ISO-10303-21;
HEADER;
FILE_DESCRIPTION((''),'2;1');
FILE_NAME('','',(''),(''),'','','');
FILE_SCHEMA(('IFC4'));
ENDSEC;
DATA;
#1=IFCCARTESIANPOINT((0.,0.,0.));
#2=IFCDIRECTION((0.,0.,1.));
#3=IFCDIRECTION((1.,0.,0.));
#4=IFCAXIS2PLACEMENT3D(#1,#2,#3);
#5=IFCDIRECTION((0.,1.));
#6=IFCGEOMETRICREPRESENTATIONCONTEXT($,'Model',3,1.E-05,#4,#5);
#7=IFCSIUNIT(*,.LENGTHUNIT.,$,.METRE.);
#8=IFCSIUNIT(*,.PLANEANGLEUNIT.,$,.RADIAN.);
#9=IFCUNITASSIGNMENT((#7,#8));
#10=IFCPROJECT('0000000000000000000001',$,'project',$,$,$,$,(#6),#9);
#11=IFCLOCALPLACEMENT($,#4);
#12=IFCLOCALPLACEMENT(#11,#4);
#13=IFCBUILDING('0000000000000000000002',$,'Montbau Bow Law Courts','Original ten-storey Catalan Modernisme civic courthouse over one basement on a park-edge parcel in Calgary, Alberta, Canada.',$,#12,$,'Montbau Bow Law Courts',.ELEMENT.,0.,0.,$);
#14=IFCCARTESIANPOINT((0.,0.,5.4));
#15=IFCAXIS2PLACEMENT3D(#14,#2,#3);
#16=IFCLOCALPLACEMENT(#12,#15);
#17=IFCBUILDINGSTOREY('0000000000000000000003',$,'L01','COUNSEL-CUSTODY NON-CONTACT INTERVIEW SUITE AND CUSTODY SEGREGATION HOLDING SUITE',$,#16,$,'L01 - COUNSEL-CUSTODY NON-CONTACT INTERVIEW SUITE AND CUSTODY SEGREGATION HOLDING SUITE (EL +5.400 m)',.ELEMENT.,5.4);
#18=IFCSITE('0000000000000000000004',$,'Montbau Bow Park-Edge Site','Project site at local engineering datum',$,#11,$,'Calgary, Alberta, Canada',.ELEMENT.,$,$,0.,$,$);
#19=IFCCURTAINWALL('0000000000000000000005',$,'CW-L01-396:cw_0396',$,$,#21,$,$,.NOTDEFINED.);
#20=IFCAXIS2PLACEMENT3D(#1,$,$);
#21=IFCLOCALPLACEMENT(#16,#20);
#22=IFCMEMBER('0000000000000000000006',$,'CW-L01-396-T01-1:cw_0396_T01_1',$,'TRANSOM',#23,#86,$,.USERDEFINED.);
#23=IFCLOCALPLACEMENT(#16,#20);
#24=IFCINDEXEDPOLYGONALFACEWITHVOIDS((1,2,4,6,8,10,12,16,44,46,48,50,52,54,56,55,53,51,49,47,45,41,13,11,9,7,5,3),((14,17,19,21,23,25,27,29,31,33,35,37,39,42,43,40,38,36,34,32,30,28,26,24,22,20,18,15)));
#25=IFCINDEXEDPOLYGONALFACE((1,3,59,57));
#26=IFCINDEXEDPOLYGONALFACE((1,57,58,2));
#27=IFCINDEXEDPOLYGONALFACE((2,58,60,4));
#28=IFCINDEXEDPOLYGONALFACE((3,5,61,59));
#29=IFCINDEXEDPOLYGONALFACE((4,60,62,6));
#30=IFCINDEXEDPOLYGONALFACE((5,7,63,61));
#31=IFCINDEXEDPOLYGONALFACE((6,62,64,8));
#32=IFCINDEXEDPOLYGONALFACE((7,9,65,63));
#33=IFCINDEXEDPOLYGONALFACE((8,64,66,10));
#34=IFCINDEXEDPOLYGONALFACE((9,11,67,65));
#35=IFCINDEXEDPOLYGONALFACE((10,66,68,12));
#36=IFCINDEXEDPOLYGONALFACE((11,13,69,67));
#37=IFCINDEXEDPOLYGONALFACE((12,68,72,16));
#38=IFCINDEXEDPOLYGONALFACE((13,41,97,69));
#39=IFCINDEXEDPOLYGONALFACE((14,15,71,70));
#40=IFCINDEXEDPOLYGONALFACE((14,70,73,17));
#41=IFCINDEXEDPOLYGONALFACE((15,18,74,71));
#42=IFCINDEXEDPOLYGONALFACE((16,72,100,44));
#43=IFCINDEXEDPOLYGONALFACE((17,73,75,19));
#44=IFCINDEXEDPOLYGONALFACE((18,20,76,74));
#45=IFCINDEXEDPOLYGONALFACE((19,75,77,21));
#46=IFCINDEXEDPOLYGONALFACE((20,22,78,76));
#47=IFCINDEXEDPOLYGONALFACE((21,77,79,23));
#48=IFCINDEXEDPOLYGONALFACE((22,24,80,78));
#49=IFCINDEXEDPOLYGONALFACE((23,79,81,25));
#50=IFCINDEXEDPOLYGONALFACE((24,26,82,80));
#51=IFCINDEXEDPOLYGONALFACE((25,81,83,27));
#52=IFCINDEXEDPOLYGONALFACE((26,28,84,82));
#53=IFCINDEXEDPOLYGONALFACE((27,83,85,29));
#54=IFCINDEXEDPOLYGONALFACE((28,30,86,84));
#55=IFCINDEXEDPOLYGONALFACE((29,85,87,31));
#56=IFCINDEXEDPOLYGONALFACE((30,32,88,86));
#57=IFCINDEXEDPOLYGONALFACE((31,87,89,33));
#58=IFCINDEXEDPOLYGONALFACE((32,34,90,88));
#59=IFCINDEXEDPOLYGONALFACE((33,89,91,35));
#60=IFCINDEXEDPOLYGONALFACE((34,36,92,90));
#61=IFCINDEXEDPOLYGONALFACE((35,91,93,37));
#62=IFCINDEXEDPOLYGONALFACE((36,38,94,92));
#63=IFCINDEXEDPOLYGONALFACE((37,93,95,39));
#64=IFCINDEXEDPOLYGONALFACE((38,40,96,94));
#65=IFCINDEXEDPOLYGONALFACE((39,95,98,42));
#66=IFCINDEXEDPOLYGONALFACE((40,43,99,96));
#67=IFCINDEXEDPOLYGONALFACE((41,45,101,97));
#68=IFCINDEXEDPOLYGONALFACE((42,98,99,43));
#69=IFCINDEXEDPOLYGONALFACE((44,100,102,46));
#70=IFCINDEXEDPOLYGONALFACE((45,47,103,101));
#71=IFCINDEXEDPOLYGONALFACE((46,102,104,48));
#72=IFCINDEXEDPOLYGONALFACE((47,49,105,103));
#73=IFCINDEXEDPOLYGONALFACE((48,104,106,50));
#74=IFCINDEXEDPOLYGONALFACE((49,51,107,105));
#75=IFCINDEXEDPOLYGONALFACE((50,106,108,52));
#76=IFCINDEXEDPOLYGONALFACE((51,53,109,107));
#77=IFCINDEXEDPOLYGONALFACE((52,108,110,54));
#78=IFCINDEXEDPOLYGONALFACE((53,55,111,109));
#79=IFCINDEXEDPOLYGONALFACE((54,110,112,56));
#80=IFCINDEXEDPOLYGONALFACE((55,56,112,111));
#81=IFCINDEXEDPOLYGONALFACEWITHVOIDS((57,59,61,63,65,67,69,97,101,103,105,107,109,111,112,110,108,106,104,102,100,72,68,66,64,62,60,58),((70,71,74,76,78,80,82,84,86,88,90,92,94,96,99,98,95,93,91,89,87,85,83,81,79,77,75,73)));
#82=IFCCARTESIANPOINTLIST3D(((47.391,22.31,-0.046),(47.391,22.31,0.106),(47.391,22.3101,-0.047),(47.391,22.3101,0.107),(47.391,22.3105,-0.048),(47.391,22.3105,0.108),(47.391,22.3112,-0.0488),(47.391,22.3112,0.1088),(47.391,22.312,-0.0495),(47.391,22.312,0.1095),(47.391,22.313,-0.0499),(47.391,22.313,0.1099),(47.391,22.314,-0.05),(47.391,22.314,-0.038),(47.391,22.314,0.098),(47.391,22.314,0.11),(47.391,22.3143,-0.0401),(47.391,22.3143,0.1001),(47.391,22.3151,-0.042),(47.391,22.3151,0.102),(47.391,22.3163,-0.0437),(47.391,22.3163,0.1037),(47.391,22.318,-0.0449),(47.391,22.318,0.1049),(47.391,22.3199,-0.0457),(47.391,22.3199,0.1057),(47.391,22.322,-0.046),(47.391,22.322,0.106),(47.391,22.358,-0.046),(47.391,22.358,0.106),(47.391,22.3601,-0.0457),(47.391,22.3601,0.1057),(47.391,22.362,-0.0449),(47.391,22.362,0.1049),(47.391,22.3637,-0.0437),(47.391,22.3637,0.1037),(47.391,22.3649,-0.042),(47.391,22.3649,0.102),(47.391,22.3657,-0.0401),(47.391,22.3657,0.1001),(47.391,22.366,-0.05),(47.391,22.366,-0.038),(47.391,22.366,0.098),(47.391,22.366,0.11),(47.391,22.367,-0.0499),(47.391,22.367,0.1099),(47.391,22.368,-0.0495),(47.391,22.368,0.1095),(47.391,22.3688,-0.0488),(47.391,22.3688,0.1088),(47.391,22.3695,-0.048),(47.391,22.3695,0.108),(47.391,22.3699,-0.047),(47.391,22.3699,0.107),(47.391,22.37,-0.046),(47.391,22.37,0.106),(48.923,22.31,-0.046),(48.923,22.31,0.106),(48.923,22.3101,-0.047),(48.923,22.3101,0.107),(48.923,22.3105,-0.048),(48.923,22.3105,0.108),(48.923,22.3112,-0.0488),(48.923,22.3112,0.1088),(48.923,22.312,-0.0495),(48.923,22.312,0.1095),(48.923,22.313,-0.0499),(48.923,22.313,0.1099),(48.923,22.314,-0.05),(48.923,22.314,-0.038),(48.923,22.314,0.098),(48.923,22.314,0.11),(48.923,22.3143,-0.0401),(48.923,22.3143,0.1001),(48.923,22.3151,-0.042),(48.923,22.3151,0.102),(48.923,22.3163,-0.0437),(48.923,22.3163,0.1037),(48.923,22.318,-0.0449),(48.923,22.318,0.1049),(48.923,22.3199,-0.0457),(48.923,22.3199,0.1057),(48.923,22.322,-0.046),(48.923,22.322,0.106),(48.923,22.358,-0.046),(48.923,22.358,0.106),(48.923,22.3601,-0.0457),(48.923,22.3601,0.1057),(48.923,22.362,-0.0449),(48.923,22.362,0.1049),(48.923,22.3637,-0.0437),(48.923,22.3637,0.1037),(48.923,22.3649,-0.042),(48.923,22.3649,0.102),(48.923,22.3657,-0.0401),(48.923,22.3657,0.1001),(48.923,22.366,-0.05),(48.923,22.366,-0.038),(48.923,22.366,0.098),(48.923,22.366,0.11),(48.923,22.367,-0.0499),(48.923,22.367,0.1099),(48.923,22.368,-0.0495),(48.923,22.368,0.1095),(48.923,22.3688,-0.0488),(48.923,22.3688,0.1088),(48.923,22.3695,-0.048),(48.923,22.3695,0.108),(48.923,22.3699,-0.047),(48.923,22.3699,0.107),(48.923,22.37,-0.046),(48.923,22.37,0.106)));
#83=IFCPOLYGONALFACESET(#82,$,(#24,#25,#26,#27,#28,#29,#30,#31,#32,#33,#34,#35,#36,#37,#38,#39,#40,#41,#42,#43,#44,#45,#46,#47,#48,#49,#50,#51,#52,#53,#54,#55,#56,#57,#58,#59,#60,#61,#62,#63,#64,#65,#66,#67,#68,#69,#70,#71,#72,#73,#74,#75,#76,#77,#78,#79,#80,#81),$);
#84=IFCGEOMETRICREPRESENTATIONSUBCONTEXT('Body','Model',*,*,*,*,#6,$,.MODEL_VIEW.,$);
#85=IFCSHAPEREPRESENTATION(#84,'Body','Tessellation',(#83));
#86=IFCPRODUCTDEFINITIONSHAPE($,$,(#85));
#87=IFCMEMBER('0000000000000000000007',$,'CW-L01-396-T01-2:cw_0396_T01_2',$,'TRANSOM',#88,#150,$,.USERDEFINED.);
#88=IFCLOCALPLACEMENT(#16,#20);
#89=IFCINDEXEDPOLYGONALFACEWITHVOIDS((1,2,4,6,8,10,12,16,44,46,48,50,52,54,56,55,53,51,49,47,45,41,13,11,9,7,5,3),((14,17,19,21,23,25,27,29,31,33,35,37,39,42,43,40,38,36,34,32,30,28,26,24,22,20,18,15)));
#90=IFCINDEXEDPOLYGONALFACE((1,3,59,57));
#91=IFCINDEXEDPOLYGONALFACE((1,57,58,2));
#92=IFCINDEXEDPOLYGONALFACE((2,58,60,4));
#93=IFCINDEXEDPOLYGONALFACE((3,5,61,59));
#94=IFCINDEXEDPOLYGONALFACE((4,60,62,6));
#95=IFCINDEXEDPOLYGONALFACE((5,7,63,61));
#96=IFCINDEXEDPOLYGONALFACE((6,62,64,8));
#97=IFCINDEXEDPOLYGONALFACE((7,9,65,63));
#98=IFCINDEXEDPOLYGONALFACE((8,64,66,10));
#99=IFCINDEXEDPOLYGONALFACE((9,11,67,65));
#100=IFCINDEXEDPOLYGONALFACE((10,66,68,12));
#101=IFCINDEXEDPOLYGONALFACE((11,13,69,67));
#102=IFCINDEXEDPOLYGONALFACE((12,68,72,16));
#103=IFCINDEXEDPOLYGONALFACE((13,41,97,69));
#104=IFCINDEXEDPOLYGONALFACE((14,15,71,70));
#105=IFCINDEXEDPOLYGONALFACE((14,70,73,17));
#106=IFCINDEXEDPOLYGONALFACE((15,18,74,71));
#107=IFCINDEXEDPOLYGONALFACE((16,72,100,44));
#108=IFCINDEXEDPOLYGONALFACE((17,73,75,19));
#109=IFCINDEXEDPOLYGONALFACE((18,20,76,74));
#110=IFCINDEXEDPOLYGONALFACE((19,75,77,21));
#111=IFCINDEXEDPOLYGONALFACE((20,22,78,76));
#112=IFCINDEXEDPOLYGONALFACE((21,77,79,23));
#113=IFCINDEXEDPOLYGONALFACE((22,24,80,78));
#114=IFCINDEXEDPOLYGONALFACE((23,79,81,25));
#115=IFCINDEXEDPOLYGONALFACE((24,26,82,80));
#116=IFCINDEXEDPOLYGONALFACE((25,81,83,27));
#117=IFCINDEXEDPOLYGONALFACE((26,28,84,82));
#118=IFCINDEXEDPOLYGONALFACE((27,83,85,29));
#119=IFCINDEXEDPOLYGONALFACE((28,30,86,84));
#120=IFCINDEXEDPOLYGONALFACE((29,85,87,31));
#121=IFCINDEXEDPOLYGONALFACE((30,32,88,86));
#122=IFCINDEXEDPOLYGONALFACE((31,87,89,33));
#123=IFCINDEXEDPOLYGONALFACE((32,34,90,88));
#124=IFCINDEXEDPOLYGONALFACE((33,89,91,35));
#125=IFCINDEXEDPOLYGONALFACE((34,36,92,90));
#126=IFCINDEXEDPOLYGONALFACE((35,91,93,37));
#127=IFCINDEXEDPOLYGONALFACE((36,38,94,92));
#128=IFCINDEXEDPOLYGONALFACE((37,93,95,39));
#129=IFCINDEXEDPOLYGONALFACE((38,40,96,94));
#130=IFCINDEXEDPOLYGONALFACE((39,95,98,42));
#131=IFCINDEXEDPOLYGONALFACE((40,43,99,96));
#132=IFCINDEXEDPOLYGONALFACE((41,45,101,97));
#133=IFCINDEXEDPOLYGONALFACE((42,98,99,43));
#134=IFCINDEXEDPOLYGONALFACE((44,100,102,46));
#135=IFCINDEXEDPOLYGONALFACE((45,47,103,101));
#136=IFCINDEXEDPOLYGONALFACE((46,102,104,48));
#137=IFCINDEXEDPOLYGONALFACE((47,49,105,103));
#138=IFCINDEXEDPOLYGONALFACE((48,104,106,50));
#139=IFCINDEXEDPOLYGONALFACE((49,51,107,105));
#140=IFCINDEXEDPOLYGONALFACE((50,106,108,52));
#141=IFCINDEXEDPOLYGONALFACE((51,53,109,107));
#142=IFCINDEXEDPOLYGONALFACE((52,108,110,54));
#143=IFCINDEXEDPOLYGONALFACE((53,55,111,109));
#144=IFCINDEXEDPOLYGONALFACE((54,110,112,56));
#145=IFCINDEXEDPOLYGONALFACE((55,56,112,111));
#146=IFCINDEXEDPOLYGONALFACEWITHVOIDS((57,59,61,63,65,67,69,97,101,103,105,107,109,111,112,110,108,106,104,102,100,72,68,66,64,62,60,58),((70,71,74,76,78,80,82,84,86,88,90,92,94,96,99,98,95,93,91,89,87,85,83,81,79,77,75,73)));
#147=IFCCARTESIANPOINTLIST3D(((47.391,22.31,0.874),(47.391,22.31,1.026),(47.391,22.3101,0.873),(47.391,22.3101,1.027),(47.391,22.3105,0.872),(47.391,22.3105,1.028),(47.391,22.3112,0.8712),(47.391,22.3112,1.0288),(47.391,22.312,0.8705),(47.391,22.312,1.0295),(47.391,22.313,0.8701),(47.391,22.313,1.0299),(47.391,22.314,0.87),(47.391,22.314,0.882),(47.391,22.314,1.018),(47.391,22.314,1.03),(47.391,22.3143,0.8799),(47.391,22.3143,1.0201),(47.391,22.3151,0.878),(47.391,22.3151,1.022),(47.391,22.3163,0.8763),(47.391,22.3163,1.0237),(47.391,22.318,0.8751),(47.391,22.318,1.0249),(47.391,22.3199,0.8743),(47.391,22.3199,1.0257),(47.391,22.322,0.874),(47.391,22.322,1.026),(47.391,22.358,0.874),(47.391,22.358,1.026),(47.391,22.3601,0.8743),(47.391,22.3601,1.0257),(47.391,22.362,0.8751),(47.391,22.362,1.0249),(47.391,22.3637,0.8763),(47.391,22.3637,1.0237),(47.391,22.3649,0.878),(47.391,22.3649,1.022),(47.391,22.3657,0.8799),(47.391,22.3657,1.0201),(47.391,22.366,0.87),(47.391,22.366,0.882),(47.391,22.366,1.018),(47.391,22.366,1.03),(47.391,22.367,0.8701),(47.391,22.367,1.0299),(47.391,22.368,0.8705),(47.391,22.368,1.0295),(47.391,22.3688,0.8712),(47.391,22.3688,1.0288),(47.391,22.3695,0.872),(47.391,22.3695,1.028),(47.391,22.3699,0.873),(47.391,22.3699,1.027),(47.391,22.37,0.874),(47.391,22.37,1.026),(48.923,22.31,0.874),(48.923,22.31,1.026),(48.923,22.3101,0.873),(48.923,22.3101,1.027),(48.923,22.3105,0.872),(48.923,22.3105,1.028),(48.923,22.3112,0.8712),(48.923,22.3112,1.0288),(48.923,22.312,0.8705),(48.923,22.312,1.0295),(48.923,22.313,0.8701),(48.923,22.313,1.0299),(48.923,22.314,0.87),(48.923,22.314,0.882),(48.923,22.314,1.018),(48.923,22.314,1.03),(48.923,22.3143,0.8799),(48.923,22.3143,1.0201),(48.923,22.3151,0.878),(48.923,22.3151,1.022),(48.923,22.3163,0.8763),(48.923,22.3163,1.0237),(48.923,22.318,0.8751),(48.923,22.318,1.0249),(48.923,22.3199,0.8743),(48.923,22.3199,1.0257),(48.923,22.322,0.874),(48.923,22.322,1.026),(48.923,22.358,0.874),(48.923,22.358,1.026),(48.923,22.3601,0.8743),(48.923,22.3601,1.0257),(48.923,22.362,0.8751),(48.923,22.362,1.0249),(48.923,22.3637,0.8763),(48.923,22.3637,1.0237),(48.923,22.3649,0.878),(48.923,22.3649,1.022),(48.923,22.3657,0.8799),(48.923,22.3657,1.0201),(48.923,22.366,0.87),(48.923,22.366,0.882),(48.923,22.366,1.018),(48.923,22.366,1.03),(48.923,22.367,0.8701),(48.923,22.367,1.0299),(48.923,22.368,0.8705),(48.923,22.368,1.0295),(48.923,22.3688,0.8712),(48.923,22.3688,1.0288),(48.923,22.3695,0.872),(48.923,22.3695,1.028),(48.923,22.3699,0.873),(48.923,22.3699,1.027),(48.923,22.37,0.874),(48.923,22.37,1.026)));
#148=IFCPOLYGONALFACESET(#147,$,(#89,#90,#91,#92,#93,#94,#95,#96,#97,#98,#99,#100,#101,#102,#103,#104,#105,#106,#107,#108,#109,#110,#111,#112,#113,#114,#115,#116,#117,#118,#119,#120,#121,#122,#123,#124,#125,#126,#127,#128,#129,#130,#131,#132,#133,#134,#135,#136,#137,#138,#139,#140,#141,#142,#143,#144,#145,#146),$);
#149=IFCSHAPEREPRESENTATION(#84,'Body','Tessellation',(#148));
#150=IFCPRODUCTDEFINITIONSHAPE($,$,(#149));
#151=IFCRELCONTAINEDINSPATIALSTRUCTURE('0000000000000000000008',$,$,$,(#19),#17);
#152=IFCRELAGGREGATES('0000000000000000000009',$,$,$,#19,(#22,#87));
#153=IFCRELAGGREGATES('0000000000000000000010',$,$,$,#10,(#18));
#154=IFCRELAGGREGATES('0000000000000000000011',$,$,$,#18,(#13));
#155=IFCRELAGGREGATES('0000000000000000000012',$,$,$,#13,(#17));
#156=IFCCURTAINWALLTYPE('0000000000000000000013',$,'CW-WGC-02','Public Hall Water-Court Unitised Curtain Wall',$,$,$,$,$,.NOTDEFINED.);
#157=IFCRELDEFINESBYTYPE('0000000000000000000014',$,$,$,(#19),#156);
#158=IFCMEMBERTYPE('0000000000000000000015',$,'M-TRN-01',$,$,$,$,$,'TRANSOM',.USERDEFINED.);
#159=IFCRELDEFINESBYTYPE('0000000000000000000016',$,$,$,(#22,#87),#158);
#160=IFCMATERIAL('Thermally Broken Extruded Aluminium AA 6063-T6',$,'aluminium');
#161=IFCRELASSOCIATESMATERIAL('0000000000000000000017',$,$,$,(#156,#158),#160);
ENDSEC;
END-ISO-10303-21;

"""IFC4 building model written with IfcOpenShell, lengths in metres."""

from ifc_helpers import new_model, si_unit, direction, frame, origin_with_axes, origin_2d_with_axis, place, context, subcontext, project, spatial, hollow_rectangle, extrude, material, material_profile, profile_set, type_object, element, aggregate, save


model = new_model("IFC4")

# Units and contexts
model_context = context("Model", 3, precision=1e-05, world=origin_with_axes(), true_north=direction((0.0, 1.0)))
body_context = subcontext(model_context, "Body", "Model", "MODEL_VIEW")
ifc_project = project(units=[si_unit("LENGTHUNIT", "METRE"), si_unit("PLANEANGLEUNIT", "RADIAN")], contexts=[model_context])

# Site, building, storey
site_placement = place(None, origin_with_axes())
site = spatial("IfcSite", under=ifc_project, at=site_placement, Name="Montbau Bow Park-Edge Site", Description="Project site at local engineering datum", LongName="Calgary, Alberta, Canada", CompositionType="ELEMENT", RefElevation=0.0)
building_placement = place(site_placement, origin_with_axes())
building = spatial("IfcBuilding", under=site, at=building_placement, Name="Montbau Bow Law Courts", Description="Original ten-storey Catalan Modernisme civic courthouse over one basement on a park-edge parcel in Calgary, Alberta, Canada.", LongName="Montbau Bow Law Courts", CompositionType="ELEMENT", ElevationOfRefHeight=0.0, ElevationOfTerrain=0.0)
storey_placement = place(building_placement, frame((0.0, 0.0, 5.4), z_axis=(0.0, 0.0, 1.0), x_axis=(1.0, 0.0, 0.0)))
storey = spatial("IfcBuildingStorey", under=building, at=storey_placement, Name="L01", Description="COUNSEL-CUSTODY NON-CONTACT INTERVIEW SUITE AND CUSTODY SEGREGATION HOLDING SUITE", LongName="L01 - COUNSEL-CUSTODY NON-CONTACT INTERVIEW SUITE AND CUSTODY SEGREGATION HOLDING SUITE (EL +5.400 m)", CompositionType="ELEMENT", Elevation=5.4)

# Curtain wall
ifc_material_1 = material(Name="Thermally Broken Extruded Aluminium AA 6063-T6", Category="aluminium")
curtain_wall_type_1 = type_object("IfcCurtainWallType", Name="CW-WGC-02", Description="Public Hall Water-Court Unitised Curtain Wall", PredefinedType="NOTDEFINED", material=ifc_material_1)
curtain_wall_1_placement = place(None, frame((47.315, 22.34, 5.4), z_axis=(0.0, 0.0, 1.0), x_axis=(1.0, 0.0, 0.0)))
curtain_wall_1 = element("IfcCurtainWall", 1, at=curtain_wall_1_placement, inside=storey, type_object=curtain_wall_type_1, Name="CW-L01-396:cw_0396", PredefinedType="NOTDEFINED")

# Members
ifc_material_profile_1 = material_profile(ifc_material_1, hollow_rectangle(XDim=0.06, YDim=0.16, WallThickness=0.004, InnerFilletRadius=0.008, OuterFilletRadius=0.004, at=origin_2d_with_axis()), Name="CWT-160X60", Category="Main", Priority=0)
ifc_profile_set_1 = profile_set([ifc_material_profile_1], Name="Thermally Broken Extruded Aluminium AA 6063-T6")
member_type_1 = type_object("IfcMemberType", Name="M-TRN-01", ElementType="TRANSOM", PredefinedType="USERDEFINED", material=ifc_profile_set_1)
member_1_placement = place(None, frame((47.391, 22.34, 5.43), z_axis=(1.0, 0.0, 0.0), x_axis=(0.0, 1.0, 0.0)))
member_1 = element("IfcMember", 2, at=member_1_placement, type_object=member_type_1, Name="CW-L01-396-T01-1:cw_0396_T01_1", ObjectType="TRANSOM", PredefinedType="USERDEFINED", context=body_context, shape_type="SweptSolid", body=[
    extrude(hollow_rectangle(XDim=0.06, YDim=0.16, WallThickness=0.004, InnerFilletRadius=0.008, OuterFilletRadius=0.004, at=origin_2d_with_axis()), origin_with_axes(), (0.0, 0.0, 1.0), 1.532),
])
member_2_placement = place(None, frame((47.391, 22.34, 6.35), z_axis=(1.0, 0.0, 0.0), x_axis=(0.0, 1.0, 0.0)))
member_2 = element("IfcMember", 3, at=member_2_placement, type_object=member_type_1, Name="CW-L01-396-T01-2:cw_0396_T01_2", ObjectType="TRANSOM", PredefinedType="USERDEFINED", context=body_context, shape_type="SweptSolid", body=[
    extrude(hollow_rectangle(XDim=0.06, YDim=0.16, WallThickness=0.004, InnerFilletRadius=0.008, OuterFilletRadius=0.004, at=origin_2d_with_axis()), origin_with_axes(), (0.0, 0.0, 1.0), 1.532),
])

aggregate(curtain_wall_1, [member_1, member_2])

save(model, "model.ifc")
